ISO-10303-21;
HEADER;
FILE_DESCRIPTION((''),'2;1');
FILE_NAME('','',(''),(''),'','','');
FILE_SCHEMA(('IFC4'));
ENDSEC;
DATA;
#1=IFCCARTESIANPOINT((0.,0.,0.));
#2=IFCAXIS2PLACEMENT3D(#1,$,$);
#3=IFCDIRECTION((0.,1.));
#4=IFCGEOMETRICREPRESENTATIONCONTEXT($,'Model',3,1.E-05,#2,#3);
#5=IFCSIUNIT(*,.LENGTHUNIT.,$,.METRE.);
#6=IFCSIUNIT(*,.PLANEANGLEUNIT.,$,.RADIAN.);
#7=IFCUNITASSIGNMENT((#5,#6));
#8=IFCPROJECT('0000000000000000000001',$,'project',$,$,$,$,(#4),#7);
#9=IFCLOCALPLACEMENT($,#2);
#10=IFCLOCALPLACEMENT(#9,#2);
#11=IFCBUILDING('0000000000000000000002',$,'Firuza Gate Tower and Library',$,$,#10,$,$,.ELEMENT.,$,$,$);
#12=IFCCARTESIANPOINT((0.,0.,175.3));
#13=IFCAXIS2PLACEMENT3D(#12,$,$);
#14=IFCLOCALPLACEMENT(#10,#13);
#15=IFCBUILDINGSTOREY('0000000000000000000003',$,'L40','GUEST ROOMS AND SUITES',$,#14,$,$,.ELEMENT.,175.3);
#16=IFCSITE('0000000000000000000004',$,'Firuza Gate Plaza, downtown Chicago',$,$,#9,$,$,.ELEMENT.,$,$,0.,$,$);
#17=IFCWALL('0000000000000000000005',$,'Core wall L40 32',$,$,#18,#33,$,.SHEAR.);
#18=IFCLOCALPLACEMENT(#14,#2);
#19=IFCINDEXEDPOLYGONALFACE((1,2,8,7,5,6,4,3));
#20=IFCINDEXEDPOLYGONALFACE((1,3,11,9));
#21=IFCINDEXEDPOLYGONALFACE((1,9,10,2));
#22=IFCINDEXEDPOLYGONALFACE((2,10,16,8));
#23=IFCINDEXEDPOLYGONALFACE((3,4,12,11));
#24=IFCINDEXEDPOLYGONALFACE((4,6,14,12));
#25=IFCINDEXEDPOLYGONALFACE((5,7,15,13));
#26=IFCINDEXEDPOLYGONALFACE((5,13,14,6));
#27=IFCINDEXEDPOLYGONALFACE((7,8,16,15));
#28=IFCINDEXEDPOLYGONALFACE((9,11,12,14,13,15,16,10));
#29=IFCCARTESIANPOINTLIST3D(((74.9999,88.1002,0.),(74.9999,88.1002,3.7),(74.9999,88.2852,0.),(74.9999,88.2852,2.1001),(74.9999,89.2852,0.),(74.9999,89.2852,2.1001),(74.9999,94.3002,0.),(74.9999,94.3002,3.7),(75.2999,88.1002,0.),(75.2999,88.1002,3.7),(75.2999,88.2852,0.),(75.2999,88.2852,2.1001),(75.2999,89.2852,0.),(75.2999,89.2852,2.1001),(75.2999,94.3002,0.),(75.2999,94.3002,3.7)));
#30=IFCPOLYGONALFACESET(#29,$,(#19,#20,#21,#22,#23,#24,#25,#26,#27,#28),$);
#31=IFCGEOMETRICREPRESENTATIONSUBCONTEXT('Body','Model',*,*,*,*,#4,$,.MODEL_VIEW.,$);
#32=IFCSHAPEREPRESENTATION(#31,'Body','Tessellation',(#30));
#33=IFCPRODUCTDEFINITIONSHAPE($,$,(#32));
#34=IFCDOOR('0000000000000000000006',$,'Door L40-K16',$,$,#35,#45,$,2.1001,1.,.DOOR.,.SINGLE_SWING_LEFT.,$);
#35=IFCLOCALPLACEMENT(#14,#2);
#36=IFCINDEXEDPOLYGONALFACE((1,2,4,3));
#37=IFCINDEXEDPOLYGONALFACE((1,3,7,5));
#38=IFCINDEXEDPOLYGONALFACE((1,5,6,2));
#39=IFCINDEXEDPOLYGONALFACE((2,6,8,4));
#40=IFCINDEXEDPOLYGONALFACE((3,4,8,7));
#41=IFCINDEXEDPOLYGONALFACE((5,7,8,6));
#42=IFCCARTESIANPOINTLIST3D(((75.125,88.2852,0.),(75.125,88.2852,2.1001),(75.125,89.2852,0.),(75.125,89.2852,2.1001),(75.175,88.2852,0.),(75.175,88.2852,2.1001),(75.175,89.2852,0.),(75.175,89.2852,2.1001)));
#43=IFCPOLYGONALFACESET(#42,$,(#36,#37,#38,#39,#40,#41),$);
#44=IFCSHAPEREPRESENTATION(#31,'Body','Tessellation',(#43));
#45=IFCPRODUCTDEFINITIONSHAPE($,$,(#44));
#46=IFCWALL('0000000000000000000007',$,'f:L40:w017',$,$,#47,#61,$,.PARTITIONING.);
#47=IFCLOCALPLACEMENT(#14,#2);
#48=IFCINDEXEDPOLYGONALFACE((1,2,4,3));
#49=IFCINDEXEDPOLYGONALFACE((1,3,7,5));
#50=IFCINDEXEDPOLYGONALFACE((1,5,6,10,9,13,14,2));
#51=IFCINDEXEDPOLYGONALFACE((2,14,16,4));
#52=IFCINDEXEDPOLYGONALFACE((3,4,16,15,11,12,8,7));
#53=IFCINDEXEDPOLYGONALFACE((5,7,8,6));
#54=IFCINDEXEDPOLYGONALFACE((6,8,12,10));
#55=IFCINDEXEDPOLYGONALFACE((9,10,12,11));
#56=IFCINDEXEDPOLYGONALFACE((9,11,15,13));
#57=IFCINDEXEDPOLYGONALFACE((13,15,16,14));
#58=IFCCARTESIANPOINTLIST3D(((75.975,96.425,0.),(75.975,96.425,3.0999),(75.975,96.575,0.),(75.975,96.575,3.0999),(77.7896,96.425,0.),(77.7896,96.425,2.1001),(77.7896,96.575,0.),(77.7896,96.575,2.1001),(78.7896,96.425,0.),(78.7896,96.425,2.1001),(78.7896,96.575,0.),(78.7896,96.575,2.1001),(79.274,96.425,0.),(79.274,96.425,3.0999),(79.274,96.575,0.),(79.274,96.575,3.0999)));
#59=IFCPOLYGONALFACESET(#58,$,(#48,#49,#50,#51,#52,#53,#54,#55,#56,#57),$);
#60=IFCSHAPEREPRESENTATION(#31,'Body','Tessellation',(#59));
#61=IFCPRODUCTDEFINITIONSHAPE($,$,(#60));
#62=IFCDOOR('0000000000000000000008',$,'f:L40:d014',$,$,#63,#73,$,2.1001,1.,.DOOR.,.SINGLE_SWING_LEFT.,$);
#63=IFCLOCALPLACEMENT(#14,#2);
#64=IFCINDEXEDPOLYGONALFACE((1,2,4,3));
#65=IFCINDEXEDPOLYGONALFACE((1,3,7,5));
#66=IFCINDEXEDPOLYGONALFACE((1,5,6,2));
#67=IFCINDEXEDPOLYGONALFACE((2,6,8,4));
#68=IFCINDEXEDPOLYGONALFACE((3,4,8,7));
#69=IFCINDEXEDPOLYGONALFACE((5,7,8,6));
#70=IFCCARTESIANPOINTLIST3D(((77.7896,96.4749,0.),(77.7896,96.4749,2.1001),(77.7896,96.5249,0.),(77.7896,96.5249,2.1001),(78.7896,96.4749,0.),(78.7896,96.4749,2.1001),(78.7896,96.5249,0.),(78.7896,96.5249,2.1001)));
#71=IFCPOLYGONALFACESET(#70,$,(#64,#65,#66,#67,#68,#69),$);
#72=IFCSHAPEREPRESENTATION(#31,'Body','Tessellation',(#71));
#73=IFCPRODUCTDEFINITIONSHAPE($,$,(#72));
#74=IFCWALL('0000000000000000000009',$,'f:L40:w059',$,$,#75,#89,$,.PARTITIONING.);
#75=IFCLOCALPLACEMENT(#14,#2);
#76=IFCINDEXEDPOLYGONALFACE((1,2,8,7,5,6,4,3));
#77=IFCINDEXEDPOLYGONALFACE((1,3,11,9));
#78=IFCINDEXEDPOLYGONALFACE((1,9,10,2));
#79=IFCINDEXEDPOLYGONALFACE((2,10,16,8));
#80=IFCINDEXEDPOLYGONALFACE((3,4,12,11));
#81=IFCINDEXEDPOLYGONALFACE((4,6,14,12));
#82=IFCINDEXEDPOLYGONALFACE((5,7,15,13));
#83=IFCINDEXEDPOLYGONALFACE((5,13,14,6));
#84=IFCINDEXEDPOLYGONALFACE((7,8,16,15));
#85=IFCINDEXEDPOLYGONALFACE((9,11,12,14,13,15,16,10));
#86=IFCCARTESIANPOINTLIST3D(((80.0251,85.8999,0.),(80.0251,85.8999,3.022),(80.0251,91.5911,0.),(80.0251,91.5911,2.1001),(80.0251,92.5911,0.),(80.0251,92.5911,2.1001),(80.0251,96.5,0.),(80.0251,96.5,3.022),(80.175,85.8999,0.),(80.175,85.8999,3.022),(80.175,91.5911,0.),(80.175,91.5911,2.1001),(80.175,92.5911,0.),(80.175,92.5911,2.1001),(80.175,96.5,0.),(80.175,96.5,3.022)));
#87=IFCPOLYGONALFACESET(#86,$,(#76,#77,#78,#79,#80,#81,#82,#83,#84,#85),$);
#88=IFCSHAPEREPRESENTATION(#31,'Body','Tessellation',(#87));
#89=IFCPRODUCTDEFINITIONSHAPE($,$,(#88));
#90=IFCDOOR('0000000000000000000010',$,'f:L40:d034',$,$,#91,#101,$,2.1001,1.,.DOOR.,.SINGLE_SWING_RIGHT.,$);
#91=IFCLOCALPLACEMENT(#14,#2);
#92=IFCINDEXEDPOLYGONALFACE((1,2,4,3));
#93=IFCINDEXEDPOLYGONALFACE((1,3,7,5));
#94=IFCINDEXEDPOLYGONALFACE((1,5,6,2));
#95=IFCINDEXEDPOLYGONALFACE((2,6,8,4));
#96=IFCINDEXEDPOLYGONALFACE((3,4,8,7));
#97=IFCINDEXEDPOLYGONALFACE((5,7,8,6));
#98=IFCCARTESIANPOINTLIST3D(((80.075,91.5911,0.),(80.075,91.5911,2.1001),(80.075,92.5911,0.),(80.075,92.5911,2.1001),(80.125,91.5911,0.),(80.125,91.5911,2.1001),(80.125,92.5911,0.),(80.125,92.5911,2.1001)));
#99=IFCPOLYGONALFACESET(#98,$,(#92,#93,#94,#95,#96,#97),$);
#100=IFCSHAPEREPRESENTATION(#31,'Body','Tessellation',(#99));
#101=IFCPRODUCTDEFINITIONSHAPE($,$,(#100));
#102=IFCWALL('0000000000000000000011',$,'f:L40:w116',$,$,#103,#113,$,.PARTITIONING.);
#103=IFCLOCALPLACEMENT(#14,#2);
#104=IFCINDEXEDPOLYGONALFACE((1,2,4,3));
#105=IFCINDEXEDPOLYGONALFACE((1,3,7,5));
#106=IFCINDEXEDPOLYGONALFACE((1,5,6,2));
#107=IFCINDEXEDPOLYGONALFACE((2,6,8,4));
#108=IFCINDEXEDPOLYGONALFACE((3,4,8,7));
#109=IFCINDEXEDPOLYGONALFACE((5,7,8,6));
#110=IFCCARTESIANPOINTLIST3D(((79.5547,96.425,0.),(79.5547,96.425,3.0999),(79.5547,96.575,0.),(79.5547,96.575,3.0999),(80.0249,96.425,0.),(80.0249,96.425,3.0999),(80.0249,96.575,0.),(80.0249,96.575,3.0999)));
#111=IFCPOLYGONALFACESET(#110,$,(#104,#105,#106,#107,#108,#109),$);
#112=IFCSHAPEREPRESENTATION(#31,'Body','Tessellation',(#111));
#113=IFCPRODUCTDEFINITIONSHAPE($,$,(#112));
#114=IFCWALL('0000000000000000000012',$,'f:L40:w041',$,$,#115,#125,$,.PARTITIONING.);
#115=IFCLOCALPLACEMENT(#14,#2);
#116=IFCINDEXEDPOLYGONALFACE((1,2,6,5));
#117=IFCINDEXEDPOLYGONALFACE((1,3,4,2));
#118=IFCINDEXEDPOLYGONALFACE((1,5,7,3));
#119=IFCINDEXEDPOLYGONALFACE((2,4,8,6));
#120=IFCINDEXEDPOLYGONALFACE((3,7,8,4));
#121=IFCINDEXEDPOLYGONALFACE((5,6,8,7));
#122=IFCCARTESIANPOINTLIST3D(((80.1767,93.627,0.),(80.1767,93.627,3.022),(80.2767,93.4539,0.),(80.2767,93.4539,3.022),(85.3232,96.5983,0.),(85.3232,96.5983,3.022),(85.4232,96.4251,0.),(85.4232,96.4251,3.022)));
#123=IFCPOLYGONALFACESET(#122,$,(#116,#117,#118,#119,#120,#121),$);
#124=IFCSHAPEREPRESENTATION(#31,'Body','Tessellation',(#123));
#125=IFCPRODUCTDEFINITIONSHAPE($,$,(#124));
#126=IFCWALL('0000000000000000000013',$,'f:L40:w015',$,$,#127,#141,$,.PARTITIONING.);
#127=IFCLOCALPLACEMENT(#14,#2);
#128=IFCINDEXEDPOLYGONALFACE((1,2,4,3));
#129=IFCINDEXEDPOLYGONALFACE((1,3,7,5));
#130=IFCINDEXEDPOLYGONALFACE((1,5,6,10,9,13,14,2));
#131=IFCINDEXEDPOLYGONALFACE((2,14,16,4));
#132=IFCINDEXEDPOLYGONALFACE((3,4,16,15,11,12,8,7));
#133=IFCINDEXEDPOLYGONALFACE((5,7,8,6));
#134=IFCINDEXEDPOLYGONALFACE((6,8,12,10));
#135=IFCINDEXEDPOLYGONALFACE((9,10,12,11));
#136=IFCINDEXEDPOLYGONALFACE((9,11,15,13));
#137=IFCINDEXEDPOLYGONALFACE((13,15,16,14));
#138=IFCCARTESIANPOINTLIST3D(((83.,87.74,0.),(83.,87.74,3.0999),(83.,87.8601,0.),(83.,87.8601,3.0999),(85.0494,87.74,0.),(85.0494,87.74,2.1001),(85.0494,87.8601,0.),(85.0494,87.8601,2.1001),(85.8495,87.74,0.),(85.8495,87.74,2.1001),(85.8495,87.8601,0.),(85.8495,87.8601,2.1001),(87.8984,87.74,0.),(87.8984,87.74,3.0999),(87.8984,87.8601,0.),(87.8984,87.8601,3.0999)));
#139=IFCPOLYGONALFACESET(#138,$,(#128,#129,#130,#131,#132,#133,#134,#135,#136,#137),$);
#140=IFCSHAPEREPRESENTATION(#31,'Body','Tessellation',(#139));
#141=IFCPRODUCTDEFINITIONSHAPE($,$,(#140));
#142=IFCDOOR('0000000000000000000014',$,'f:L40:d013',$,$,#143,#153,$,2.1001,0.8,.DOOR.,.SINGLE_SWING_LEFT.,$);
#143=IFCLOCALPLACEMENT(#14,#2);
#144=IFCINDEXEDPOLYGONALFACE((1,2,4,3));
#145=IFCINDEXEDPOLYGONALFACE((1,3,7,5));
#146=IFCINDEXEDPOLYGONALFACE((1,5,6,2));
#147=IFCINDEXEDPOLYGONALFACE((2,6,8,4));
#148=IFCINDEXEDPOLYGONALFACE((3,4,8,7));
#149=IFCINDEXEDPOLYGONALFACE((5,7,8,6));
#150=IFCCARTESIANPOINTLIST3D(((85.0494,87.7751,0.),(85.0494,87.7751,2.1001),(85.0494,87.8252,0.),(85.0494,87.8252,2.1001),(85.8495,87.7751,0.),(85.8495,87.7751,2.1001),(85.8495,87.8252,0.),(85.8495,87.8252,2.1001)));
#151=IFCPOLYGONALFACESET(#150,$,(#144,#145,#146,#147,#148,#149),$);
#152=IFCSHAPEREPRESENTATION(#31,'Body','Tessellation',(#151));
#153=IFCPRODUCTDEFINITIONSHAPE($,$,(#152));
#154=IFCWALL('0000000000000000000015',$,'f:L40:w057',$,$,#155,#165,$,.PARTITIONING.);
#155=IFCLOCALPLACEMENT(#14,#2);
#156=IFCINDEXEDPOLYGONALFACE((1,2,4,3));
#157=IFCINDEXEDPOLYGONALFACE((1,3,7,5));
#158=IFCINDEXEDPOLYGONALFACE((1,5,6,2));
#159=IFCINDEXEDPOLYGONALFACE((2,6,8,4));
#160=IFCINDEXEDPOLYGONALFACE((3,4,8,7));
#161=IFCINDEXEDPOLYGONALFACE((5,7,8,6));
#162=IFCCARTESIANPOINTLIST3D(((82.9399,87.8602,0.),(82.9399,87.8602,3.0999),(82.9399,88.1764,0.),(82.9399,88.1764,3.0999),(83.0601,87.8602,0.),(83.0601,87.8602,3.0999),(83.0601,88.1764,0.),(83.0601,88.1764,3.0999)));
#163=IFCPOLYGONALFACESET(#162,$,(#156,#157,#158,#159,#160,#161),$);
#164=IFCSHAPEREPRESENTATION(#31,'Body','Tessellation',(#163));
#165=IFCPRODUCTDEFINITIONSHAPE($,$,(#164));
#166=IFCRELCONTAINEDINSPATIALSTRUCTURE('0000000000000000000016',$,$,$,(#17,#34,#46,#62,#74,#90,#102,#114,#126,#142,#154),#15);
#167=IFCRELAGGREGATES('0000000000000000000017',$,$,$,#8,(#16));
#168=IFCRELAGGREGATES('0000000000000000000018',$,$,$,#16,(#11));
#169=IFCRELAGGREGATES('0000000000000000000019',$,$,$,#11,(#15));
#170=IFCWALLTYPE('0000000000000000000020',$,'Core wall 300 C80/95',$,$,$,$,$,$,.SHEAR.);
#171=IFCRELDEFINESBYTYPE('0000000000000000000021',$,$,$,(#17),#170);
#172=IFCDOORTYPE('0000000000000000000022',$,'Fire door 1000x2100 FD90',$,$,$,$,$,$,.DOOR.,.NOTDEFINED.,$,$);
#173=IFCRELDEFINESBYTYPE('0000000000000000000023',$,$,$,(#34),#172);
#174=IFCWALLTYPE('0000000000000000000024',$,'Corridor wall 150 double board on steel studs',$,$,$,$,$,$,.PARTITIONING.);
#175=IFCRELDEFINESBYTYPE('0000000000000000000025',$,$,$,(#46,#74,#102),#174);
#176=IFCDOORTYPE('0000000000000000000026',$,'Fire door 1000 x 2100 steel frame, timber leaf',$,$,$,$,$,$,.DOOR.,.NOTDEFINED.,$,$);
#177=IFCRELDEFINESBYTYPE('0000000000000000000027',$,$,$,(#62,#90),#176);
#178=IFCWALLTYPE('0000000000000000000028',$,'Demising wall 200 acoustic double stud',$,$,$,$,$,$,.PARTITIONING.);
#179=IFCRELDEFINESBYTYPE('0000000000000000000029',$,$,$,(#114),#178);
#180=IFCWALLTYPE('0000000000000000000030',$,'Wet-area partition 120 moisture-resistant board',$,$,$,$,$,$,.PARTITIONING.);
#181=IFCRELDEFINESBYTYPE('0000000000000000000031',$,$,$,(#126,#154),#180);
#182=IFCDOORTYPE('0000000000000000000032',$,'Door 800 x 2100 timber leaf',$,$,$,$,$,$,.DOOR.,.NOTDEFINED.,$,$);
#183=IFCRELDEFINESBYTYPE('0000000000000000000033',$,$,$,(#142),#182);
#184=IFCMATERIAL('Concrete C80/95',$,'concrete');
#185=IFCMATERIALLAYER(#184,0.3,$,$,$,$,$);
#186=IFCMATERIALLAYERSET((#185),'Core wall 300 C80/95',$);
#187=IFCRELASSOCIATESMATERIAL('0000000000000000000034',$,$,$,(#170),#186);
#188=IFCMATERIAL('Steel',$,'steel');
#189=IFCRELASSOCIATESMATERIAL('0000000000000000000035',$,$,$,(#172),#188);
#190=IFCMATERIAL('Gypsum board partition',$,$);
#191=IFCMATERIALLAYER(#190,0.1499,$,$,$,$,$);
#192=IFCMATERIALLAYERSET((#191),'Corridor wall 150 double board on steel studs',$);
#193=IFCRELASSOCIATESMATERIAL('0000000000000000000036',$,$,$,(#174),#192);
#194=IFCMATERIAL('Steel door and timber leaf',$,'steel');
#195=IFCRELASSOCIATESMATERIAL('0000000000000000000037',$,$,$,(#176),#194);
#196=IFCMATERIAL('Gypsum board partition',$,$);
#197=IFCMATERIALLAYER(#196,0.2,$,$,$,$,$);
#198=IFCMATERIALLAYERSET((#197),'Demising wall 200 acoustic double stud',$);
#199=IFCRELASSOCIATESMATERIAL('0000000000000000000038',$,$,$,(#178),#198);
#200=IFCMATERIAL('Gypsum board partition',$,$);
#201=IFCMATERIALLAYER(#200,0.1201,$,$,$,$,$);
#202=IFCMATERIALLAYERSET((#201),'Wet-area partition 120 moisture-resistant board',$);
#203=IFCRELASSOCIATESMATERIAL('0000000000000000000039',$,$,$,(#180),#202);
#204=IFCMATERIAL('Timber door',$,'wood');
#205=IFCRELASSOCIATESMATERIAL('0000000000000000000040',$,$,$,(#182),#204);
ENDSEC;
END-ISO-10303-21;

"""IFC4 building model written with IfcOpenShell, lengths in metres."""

from ifc_helpers import new_model, si_unit, direction, frame, frame_2d, origin, place, context, subcontext, project, spatial, rectangle, extrude, material, layer, layer_set, type_object, element, fill, save


model = new_model("IFC4")

# Units and contexts
model_context = context("Model", 3, precision=1e-05, world=origin(), true_north=direction((0.0, 1.0)))
body_context = subcontext(model_context, "Body", "Model", "MODEL_VIEW")
ifc_project = project(units=[si_unit("LENGTHUNIT", "METRE"), si_unit("PLANEANGLEUNIT", "RADIAN")], contexts=[model_context])

# Site, building, storey
site_placement = place(None, origin())
site = spatial("IfcSite", under=ifc_project, at=site_placement, Name="Firuza Gate Plaza, downtown Chicago", CompositionType="ELEMENT", RefElevation=0.0)
building_placement = place(site_placement, origin())
building = spatial("IfcBuilding", under=site, at=building_placement, Name="Firuza Gate Tower and Library", CompositionType="ELEMENT")
storey_placement = place(building_placement, frame((0.0, 0.0, 175.3)))
storey = spatial("IfcBuildingStorey", under=building, at=storey_placement, Name="L40", Description="GUEST ROOMS AND SUITES", CompositionType="ELEMENT", Elevation=175.3)

# Shared definitions
ifc_material_1 = material(Name="Concrete C80/95", Category="concrete")
ifc_layer_1 = layer(ifc_material_1, 0.3)
ifc_layer_set_1 = layer_set([ifc_layer_1], Name="Core wall 300 C80/95")
wall_type_1 = type_object("IfcWallType", Name="Core wall 300 C80/95", PredefinedType="SHEAR", material=ifc_layer_set_1)

# Walls, openings, doors
wall_1_placement = place(storey_placement, frame((75.1499, 88.1001, 0.0), z_axis=(0.0, 0.0, 1.0), x_axis=(0.0, 1.0, 0.0)))
wall_1 = element("IfcWall", 1, at=wall_1_placement, inside=storey, type_object=wall_type_1, Name="Core wall L40 32", PredefinedType="SHEAR", context=body_context, shape_type="SweptSolid", body=[
    extrude(rectangle(XDim=6.2, YDim=0.3, at=frame_2d((3.1001, 0.0))), origin(), (0.0, 0.0, 1.0), 3.7),
])
opening_1_placement = place(wall_1_placement, frame((0.1851, 0.0, 0.0)))
opening_1 = element("IfcOpeningElement", 2, at=opening_1_placement, cuts=wall_1, PredefinedType="OPENING", context=body_context, shape_type="SweptSolid", body=[
    extrude(rectangle(XDim=1.0, YDim=2.1001, at=frame_2d((0.5, 1.05))), frame((0.0, 0.1602, 0.0), z_axis=(0.0, -1.0, 0.0), x_axis=(1.0, 0.0, 0.0)), (0.0, 0.0, 1.0), 0.3201),
])
ifc_material_2 = material(Name="Steel", Category="steel")
door_type_1 = type_object("IfcDoorType", Name="Fire door 1000x2100 FD90", OperationType="NOTDEFINED", PredefinedType="DOOR", material=ifc_material_2)
door_1_placement = place(opening_1_placement, origin())
door_1 = element("IfcDoor", 3, at=door_1_placement, inside=storey, type_object=door_type_1, Name="Door L40-K16", OperationType="SINGLE_SWING_LEFT", OverallHeight=2.1001, OverallWidth=1.0, PredefinedType="DOOR", context=body_context, shape_type="SweptSolid", body=[
    extrude(rectangle(XDim=1.0, YDim=2.1001, at=frame_2d((0.5, 1.05))), frame((0.0, 0.0249, 0.0), z_axis=(0.0, -1.0, 0.0), x_axis=(1.0, 0.0, 0.0)), (0.0, 0.0, 1.0), 0.05),
])
fill(opening_1, door_1)
ifc_material_3 = material(Name="Gypsum board partition")
ifc_layer_2 = layer(ifc_material_3, 0.1499)
ifc_layer_set_2 = layer_set([ifc_layer_2], Name="Corridor wall 150 double board on steel studs")
wall_type_2 = type_object("IfcWallType", Name="Corridor wall 150 double board on steel studs", PredefinedType="PARTITIONING", material=ifc_layer_set_2)
wall_2_placement = place(storey_placement, frame((75.9751, 96.5, 0.0), z_axis=(0.0, 0.0, 1.0), x_axis=(1.0, 0.0, 0.0)))
wall_2 = element("IfcWall", 4, at=wall_2_placement, inside=storey, type_object=wall_type_2, Name="f:L40:w017", PredefinedType="PARTITIONING", context=body_context, shape_type="SweptSolid", body=[
    extrude(rectangle(XDim=3.2991, YDim=0.1499, at=frame_2d((1.6494, 0.0))), origin(), (0.0, 0.0, 1.0), 3.0999),
])
opening_2_placement = place(wall_2_placement, frame((1.8145, 0.0, 0.0)))
opening_2 = element("IfcOpeningElement", 5, at=opening_2_placement, cuts=wall_2, PredefinedType="OPENING", context=body_context, shape_type="SweptSolid", body=[
    extrude(rectangle(XDim=1.0, YDim=2.1001, at=frame_2d((0.5, 1.05))), frame((0.0, 0.085, 0.0), z_axis=(0.0, -1.0, 0.0), x_axis=(1.0, 0.0, 0.0)), (0.0, 0.0, 1.0), 0.1699),
])
ifc_material_4 = material(Name="Steel door and timber leaf", Category="steel")
door_type_2 = type_object("IfcDoorType", Name="Fire door 1000 x 2100 steel frame, timber leaf", OperationType="NOTDEFINED", PredefinedType="DOOR", material=ifc_material_4)
door_2_placement = place(opening_2_placement, origin())
door_2 = element("IfcDoor", 6, at=door_2_placement, inside=storey, type_object=door_type_2, Name="f:L40:d014", OperationType="SINGLE_SWING_LEFT", OverallHeight=2.1001, OverallWidth=1.0, PredefinedType="DOOR", context=body_context, shape_type="SweptSolid", body=[
    extrude(rectangle(XDim=1.0, YDim=2.1001, at=frame_2d((0.5, 1.05))), frame((0.0, 0.0249, 0.0), z_axis=(0.0, -1.0, 0.0), x_axis=(1.0, 0.0, 0.0)), (0.0, 0.0, 1.0), 0.05),
])
fill(opening_2, door_2)
wall_3_placement = place(storey_placement, frame((80.1001, 96.5, 0.0), z_axis=(0.0, 0.0, 1.0), x_axis=(0.0, -1.0, 0.0)))
wall_3 = element("IfcWall", 7, at=wall_3_placement, inside=storey, type_object=wall_type_2, Name="f:L40:w059", PredefinedType="PARTITIONING", context=body_context, shape_type="SweptSolid", body=[
    extrude(rectangle(XDim=10.6001, YDim=0.1499, at=frame_2d((5.3, 0.0))), origin(), (0.0, 0.0, 1.0), 3.022),
])
opening_3_placement = place(wall_3_placement, frame((3.9089, 0.0, 0.0)))
opening_3 = element("IfcOpeningElement", 8, at=opening_3_placement, cuts=wall_3, PredefinedType="OPENING", context=body_context, shape_type="SweptSolid", body=[
    extrude(rectangle(XDim=1.0, YDim=2.1001, at=frame_2d((0.5, 1.05))), frame((0.0, 0.085, 0.0), z_axis=(0.0, -1.0, 0.0), x_axis=(1.0, 0.0, 0.0)), (0.0, 0.0, 1.0), 0.1699),
])
door_3_placement = place(opening_3_placement, origin())
door_3 = element("IfcDoor", 9, at=door_3_placement, inside=storey, type_object=door_type_2, Name="f:L40:d034", OperationType="SINGLE_SWING_RIGHT", OverallHeight=2.1001, OverallWidth=1.0, PredefinedType="DOOR", context=body_context, shape_type="SweptSolid", body=[
    extrude(rectangle(XDim=1.0, YDim=2.1001, at=frame_2d((0.5, 1.05))), frame((0.0, 0.0249, 0.0), z_axis=(0.0, -1.0, 0.0), x_axis=(1.0, 0.0, 0.0)), (0.0, 0.0, 1.0), 0.05),
])
fill(opening_3, door_3)

# Walls
wall_4_placement = place(storey_placement, frame((79.5547, 96.5, 0.0), z_axis=(0.0, 0.0, 1.0), x_axis=(1.0, 0.0, 0.0)))
element("IfcWall", 10, at=wall_4_placement, inside=storey, type_object=wall_type_2, Name="f:L40:w116", PredefinedType="PARTITIONING", context=body_context, shape_type="SweptSolid", body=[
    extrude(rectangle(XDim=0.4702, YDim=0.1499, at=frame_2d((0.2351, 0.0))), origin(), (0.0, 0.0, 1.0), 3.0999),
])
ifc_material_5 = material(Name="Gypsum board partition")
ifc_layer_3 = layer(ifc_material_5, 0.2)
ifc_layer_set_3 = layer_set([ifc_layer_3], Name="Demising wall 200 acoustic double stud")
wall_type_3 = type_object("IfcWallType", Name="Demising wall 200 acoustic double stud", PredefinedType="PARTITIONING", material=ifc_layer_set_3)
wall_5_placement = place(storey_placement, frame((80.2268, 93.5405, 0.0), z_axis=(0.0, 0.0, 1.0), x_axis=(0.866035, 0.499983, 0.0)))
element("IfcWall", 11, at=wall_5_placement, inside=storey, type_object=wall_type_3, Name="f:L40:w041", PredefinedType="PARTITIONING", context=body_context, shape_type="SweptSolid", body=[
    extrude(rectangle(XDim=5.9426, YDim=0.2, at=frame_2d((2.9712, 0.0))), origin(), (0.0, 0.0, 1.0), 3.022),
])

# Wall, opening, door
ifc_material_6 = material(Name="Gypsum board partition")
ifc_layer_4 = layer(ifc_material_6, 0.1201)
ifc_layer_set_4 = layer_set([ifc_layer_4], Name="Wet-area partition 120 moisture-resistant board")
wall_type_4 = type_object("IfcWallType", Name="Wet-area partition 120 moisture-resistant board", PredefinedType="PARTITIONING", material=ifc_layer_set_4)
wall_6_placement = place(storey_placement, frame((87.8984, 87.8, 0.0), z_axis=(0.0, 0.0, 1.0), x_axis=(-1.0, 0.0, 0.0)))
wall_6 = element("IfcWall", 12, at=wall_6_placement, inside=storey, type_object=wall_type_4, Name="f:L40:w015", PredefinedType="PARTITIONING", context=body_context, shape_type="SweptSolid", body=[
    extrude(rectangle(XDim=4.8984, YDim=0.1201, at=frame_2d((2.4492, 0.0))), origin(), (0.0, 0.0, 1.0), 3.0999),
])
opening_4_placement = place(wall_6_placement, frame((2.0491, 0.0, 0.0)))
opening_4 = element("IfcOpeningElement", 13, at=opening_4_placement, cuts=wall_6, PredefinedType="OPENING", context=body_context, shape_type="SweptSolid", body=[
    extrude(rectangle(XDim=0.8, YDim=2.1001, at=frame_2d((0.3999, 1.05))), frame((0.0, 0.0701, 0.0), z_axis=(0.0, -1.0, 0.0), x_axis=(1.0, 0.0, 0.0)), (0.0, 0.0, 1.0), 0.1401),
])
ifc_material_7 = material(Name="Timber door", Category="wood")
door_type_3 = type_object("IfcDoorType", Name="Door 800 x 2100 timber leaf", OperationType="NOTDEFINED", PredefinedType="DOOR", material=ifc_material_7)
door_4_placement = place(opening_4_placement, origin())
door_4 = element("IfcDoor", 14, at=door_4_placement, inside=storey, type_object=door_type_3, Name="f:L40:d013", OperationType="SINGLE_SWING_LEFT", OverallHeight=2.1001, OverallWidth=0.8, PredefinedType="DOOR", context=body_context, shape_type="SweptSolid", body=[
    extrude(rectangle(XDim=0.8, YDim=2.1001, at=frame_2d((0.3999, 1.05))), frame((0.0, 0.0249, 0.0), z_axis=(0.0, -1.0, 0.0), x_axis=(1.0, 0.0, 0.0)), (0.0, 0.0, 1.0), 0.05),
])
fill(opening_4, door_4)

# Wall
wall_7_placement = place(storey_placement, frame((83.0, 87.8601, 0.0), z_axis=(0.0, 0.0, 1.0), x_axis=(0.0, 1.0, 0.0)))
element("IfcWall", 15, at=wall_7_placement, inside=storey, type_object=wall_type_4, Name="f:L40:w057", PredefinedType="PARTITIONING", context=body_context, shape_type="SweptSolid", body=[
    extrude(rectangle(XDim=0.3162, YDim=0.1201, at=frame_2d((0.1582, 0.0))), origin(), (0.0, 0.0, 1.0), 3.0999),
])

save(model, "model.ifc")
